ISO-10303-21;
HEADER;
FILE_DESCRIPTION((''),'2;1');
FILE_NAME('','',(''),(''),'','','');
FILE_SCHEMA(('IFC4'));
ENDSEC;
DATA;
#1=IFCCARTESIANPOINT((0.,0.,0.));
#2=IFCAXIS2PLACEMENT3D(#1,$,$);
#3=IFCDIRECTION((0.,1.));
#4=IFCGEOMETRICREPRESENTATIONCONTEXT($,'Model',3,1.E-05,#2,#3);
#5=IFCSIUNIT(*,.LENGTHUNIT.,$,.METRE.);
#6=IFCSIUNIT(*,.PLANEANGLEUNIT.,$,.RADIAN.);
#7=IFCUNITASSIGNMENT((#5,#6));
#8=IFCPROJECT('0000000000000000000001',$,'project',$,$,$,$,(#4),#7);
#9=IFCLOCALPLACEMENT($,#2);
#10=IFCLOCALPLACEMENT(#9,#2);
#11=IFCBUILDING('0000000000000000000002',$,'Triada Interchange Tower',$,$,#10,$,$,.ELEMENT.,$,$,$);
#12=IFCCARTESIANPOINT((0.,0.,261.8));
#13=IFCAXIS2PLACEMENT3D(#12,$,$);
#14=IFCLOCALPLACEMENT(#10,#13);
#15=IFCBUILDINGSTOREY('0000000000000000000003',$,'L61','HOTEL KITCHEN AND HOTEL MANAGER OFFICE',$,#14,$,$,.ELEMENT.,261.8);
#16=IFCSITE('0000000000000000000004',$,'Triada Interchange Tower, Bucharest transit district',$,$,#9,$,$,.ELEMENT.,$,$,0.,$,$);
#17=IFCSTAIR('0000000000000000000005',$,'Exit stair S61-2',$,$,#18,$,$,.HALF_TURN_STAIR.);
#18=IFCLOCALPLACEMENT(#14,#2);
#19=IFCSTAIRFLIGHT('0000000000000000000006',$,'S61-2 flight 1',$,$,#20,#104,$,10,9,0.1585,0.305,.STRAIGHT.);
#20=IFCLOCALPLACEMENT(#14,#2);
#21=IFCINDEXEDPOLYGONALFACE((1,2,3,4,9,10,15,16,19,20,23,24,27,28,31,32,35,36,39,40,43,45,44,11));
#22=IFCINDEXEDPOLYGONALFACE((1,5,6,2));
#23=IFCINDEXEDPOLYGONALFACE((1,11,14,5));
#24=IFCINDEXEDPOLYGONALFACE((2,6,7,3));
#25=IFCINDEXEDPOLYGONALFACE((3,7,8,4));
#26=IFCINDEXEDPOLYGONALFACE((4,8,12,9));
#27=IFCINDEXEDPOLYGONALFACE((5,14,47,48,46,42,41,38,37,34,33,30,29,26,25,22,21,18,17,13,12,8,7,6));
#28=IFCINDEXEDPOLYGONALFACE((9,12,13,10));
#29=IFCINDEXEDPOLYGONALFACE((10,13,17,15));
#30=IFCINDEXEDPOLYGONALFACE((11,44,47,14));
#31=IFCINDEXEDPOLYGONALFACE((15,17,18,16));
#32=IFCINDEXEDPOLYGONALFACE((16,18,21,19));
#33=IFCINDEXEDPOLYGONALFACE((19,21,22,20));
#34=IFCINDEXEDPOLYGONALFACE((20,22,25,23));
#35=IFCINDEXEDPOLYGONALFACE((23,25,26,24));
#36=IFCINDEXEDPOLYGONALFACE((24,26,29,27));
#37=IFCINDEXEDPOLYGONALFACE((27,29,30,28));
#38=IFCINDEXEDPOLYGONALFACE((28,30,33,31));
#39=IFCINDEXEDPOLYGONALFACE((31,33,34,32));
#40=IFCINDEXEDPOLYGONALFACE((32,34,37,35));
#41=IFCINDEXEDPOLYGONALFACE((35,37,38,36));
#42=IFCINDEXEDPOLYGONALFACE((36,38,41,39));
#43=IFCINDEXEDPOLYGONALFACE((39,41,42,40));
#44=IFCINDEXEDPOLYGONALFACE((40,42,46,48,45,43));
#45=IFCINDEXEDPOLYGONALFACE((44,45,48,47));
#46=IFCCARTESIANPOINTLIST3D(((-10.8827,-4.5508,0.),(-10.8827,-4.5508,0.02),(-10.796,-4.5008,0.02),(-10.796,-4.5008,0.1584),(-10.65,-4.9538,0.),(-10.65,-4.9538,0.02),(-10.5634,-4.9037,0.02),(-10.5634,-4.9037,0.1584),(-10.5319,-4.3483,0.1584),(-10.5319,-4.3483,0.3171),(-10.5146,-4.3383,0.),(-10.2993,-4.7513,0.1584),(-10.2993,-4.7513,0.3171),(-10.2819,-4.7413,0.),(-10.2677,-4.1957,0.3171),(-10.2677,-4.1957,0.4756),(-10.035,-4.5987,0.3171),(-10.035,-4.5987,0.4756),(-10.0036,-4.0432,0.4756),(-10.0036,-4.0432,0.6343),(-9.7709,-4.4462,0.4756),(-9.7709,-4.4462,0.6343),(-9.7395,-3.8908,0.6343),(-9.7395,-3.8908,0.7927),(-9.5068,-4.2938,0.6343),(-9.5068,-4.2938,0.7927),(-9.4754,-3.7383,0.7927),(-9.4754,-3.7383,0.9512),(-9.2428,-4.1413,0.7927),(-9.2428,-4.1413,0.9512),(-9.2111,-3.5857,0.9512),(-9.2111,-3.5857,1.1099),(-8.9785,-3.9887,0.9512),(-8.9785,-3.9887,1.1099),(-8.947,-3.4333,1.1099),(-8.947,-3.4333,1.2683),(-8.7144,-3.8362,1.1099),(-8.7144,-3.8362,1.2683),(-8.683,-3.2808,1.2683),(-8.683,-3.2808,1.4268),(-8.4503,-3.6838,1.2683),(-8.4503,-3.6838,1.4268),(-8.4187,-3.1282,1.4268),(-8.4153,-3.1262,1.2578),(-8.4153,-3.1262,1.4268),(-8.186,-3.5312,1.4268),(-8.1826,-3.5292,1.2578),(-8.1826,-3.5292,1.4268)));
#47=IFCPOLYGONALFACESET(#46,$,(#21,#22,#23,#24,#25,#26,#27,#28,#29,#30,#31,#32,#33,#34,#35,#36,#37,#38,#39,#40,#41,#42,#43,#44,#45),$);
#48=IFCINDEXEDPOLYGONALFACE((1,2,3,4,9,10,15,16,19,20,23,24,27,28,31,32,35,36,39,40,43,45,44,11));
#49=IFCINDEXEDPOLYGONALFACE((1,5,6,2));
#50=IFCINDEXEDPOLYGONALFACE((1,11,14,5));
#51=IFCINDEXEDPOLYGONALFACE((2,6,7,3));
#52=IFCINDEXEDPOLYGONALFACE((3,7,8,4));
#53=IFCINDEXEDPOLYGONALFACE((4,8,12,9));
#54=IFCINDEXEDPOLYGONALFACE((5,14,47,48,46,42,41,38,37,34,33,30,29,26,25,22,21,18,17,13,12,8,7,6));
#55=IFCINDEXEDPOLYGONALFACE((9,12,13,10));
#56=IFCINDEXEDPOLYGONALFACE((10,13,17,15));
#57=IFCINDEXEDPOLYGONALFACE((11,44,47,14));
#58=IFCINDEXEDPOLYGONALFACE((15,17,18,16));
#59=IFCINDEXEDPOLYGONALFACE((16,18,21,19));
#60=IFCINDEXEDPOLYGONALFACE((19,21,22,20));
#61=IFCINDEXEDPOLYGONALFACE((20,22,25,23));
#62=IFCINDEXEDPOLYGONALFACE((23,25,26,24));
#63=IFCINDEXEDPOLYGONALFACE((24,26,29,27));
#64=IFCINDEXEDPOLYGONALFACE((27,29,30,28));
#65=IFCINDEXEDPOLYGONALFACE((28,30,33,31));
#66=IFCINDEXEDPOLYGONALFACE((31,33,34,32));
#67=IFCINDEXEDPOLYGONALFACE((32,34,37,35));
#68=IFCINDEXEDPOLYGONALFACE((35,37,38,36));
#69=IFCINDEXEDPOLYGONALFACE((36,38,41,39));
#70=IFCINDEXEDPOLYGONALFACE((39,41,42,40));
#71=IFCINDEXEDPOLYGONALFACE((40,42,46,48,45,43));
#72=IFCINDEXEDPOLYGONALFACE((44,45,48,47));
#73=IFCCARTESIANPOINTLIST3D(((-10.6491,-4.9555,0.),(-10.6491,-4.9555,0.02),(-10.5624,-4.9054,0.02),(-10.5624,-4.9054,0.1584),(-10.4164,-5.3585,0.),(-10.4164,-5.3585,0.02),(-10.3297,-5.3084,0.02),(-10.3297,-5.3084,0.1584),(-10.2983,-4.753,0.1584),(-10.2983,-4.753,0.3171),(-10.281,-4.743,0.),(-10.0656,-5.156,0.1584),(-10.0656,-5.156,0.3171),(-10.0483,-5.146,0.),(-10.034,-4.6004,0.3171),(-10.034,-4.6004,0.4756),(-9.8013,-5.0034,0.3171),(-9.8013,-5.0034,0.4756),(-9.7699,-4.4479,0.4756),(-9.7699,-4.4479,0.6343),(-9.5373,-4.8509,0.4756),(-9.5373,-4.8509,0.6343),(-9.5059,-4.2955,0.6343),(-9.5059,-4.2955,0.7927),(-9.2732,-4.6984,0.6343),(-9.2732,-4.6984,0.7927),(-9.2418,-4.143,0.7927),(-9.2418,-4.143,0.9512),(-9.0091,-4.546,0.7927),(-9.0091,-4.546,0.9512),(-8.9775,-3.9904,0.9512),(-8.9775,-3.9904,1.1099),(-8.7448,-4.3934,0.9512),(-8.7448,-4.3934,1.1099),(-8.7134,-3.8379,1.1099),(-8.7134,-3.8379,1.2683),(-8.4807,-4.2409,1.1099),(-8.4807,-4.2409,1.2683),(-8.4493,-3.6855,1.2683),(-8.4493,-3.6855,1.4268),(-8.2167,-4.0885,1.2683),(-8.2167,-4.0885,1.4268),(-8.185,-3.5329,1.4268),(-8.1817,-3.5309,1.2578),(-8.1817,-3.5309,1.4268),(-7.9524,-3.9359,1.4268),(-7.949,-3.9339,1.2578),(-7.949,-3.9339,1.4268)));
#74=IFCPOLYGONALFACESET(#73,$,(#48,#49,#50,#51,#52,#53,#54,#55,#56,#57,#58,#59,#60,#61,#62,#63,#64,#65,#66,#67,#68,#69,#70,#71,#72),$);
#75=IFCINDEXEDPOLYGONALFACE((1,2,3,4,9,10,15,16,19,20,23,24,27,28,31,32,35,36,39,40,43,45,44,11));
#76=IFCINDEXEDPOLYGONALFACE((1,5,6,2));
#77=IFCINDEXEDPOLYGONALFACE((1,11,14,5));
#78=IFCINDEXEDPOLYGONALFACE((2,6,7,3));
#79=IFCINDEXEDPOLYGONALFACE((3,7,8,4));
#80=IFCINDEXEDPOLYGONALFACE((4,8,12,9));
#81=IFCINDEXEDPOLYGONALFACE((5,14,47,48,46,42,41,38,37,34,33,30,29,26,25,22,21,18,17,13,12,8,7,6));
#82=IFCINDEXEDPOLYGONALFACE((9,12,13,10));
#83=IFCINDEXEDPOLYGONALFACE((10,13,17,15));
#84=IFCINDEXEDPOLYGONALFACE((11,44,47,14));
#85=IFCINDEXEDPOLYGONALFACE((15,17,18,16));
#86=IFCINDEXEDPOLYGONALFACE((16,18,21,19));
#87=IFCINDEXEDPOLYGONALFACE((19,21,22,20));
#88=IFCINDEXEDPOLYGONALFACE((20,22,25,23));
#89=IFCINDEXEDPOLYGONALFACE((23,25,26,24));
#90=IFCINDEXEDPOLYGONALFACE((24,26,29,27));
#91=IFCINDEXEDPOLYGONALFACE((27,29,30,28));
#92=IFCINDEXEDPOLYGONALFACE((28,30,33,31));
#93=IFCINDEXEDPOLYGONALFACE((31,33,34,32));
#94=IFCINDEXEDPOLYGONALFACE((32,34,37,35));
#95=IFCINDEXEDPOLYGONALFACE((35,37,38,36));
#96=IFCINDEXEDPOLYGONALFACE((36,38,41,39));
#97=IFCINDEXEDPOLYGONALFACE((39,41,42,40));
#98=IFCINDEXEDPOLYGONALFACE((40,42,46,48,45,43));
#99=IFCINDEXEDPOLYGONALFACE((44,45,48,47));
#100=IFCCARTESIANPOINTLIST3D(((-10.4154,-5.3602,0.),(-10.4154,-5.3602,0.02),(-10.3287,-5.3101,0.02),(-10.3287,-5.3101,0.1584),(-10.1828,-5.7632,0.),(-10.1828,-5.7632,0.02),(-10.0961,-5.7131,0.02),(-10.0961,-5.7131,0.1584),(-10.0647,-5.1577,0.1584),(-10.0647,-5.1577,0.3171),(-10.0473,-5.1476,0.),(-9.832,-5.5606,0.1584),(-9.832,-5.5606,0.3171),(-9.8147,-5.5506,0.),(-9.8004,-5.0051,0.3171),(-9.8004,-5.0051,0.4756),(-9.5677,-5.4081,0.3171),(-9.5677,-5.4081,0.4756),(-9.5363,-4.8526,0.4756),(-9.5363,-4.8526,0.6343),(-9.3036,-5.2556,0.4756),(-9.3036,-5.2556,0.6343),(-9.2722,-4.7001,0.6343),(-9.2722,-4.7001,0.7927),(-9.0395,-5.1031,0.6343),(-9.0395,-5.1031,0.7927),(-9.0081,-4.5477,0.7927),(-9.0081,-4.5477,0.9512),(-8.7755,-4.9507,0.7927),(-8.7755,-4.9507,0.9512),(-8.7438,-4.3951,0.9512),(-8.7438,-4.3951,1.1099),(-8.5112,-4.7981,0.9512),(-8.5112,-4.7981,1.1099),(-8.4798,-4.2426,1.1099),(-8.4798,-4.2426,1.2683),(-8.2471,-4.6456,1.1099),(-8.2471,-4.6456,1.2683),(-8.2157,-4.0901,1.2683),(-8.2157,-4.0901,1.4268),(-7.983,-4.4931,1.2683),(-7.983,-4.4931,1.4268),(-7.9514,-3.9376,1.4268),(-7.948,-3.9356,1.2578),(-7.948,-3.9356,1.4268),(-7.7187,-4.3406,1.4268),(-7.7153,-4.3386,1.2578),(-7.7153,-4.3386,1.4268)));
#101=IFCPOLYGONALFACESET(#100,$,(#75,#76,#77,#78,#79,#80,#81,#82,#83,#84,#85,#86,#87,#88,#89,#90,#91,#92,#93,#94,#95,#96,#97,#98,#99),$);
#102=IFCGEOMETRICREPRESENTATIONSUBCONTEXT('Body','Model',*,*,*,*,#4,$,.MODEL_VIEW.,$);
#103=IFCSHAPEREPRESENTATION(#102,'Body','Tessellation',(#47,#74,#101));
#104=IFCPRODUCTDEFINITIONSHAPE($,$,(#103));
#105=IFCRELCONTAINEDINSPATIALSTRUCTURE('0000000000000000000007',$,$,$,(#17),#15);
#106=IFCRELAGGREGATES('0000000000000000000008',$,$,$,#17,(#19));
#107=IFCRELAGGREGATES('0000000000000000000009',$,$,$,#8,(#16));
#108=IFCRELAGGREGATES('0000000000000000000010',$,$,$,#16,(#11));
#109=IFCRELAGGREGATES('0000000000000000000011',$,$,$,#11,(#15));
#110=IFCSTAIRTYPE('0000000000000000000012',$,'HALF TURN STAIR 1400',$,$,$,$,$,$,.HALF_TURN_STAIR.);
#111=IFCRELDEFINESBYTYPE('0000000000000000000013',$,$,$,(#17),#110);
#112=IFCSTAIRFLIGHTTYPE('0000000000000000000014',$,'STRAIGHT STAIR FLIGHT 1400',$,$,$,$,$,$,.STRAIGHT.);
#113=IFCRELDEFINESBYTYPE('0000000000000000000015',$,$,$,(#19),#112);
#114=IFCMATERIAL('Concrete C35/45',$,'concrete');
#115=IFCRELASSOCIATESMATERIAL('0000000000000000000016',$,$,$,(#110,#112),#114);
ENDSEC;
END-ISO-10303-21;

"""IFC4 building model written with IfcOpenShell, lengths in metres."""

from ifc_helpers import new_model, si_unit, direction, frame, origin, place, context, subcontext, project, spatial, polyline, outline, extrude, material, type_object, element, aggregate, save


model = new_model("IFC4")

# Units and contexts
model_context = context("Model", 3, precision=1e-05, world=origin(), true_north=direction((0.0, 1.0)))
body_context = subcontext(model_context, "Body", "Model", "MODEL_VIEW")
ifc_project = project(units=[si_unit("LENGTHUNIT", "METRE"), si_unit("PLANEANGLEUNIT", "RADIAN")], contexts=[model_context])

# Site, building, storey
site_placement = place(None, origin())
site = spatial("IfcSite", under=ifc_project, at=site_placement, Name="Triada Interchange Tower, Bucharest transit district", CompositionType="ELEMENT", RefElevation=0.0)
building_placement = place(site_placement, origin())
building = spatial("IfcBuilding", under=site, at=building_placement, Name="Triada Interchange Tower", CompositionType="ELEMENT")
storey_placement = place(building_placement, frame((0.0, 0.0, 261.8)))
storey = spatial("IfcBuildingStorey", under=building, at=storey_placement, Name="L61", Description="HOTEL KITCHEN AND HOTEL MANAGER OFFICE", CompositionType="ELEMENT", Elevation=261.8)

# Shared definitions
ifc_material_1 = material(Name="Concrete C35/45", Category="concrete")

# Stair, stair flight
stair_type = type_object("IfcStairType", Name="HALF TURN STAIR 1400", PredefinedType="HALF_TURN_STAIR", material=ifc_material_1)
stair_placement = place(storey_placement, origin())
stair = element("IfcStair", 1, at=stair_placement, inside=storey, type_object=stair_type, Name="Exit stair S61-2", PredefinedType="HALF_TURN_STAIR")
stair_flight_type = type_object("IfcStairFlightType", Name="STRAIGHT STAIR FLIGHT 1400", PredefinedType="STRAIGHT", material=ifc_material_1)
stair_flight_1_placement = place(storey_placement, frame((-10.446, -5.1069, 0.0), z_axis=(0.0, 0.0, 1.0), x_axis=(0.866025, 0.5, 0.0)))
stair_flight_1 = element("IfcStairFlight", 2, at=stair_flight_1_placement, type_object=stair_flight_type, Name="S61-2 flight 1", NumberOfRisers=10, NumberOfTreads=9, PredefinedType="STRAIGHT", RiserHeight=0.1585, TreadLength=0.305, context=body_context, shape_type="SweptSolid", body=[
    extrude(outline(polyline([(-0.1001, 0.0), (-0.1001, 0.02), (0.0, 0.02), (0.0, 0.1584), (0.3049, 0.1584), (0.3049, 0.3171), (0.6101, 0.3171), (0.6101, 0.4756), (0.915, 0.4756), (0.915, 0.6343), (1.22, 0.6343), (1.22, 0.7927), (1.5249, 0.7927), (1.5249, 0.9512), (1.8301, 0.9512), (1.8301, 1.1099), (2.135, 1.1099), (2.135, 1.2683), (2.4399, 1.2683), (2.4399, 1.4268), (2.7451, 1.4268), (2.749, 1.4268), (2.749, 1.5854), (2.749, 1.2578), (0.325, 0.0), (-0.1001, 0.0)])), frame((0.0, 0.7, 0.0), z_axis=(0.0, -1.0, 0.0), x_axis=(1.0, 0.0, 0.0)), (0.0, 0.0, 1.0), 0.4653),
    extrude(outline(polyline([(-0.1001, 0.0), (-0.1001, 0.02), (0.0, 0.02), (0.0, 0.1584), (0.3049, 0.1584), (0.3049, 0.3171), (0.6101, 0.3171), (0.6101, 0.4756), (0.915, 0.4756), (0.915, 0.6343), (1.22, 0.6343), (1.22, 0.7927), (1.5249, 0.7927), (1.5249, 0.9512), (1.8301, 0.9512), (1.8301, 1.1099), (2.135, 1.1099), (2.135, 1.2683), (2.4399, 1.2683), (2.4399, 1.4268), (2.7451, 1.4268), (2.749, 1.4268), (2.749, 1.5854), (2.749, 1.2578), (0.325, 0.0), (-0.1001, 0.0)])), frame((0.0, 0.2327, 0.0), z_axis=(0.0, -1.0, 0.0), x_axis=(1.0, 0.0, 0.0)), (0.0, 0.0, 1.0), 0.4653),
    extrude(outline(polyline([(-0.1001, 0.0), (-0.1001, 0.02), (0.0, 0.02), (0.0, 0.1584), (0.3049, 0.1584), (0.3049, 0.3171), (0.6101, 0.3171), (0.6101, 0.4756), (0.915, 0.4756), (0.915, 0.6343), (1.22, 0.6343), (1.22, 0.7927), (1.5249, 0.7927), (1.5249, 0.9512), (1.8301, 0.9512), (1.8301, 1.1099), (2.135, 1.1099), (2.135, 1.2683), (2.4399, 1.2683), (2.4399, 1.4268), (2.7451, 1.4268), (2.749, 1.4268), (2.749, 1.5854), (2.749, 1.2578), (0.325, 0.0), (-0.1001, 0.0)])), frame((0.0, -0.2346, 0.0), z_axis=(0.0, -1.0, 0.0), x_axis=(1.0, 0.0, 0.0)), (0.0, 0.0, 1.0), 0.4653),
])
aggregate(stair, [stair_flight_1])

save(model, "model.ifc")
